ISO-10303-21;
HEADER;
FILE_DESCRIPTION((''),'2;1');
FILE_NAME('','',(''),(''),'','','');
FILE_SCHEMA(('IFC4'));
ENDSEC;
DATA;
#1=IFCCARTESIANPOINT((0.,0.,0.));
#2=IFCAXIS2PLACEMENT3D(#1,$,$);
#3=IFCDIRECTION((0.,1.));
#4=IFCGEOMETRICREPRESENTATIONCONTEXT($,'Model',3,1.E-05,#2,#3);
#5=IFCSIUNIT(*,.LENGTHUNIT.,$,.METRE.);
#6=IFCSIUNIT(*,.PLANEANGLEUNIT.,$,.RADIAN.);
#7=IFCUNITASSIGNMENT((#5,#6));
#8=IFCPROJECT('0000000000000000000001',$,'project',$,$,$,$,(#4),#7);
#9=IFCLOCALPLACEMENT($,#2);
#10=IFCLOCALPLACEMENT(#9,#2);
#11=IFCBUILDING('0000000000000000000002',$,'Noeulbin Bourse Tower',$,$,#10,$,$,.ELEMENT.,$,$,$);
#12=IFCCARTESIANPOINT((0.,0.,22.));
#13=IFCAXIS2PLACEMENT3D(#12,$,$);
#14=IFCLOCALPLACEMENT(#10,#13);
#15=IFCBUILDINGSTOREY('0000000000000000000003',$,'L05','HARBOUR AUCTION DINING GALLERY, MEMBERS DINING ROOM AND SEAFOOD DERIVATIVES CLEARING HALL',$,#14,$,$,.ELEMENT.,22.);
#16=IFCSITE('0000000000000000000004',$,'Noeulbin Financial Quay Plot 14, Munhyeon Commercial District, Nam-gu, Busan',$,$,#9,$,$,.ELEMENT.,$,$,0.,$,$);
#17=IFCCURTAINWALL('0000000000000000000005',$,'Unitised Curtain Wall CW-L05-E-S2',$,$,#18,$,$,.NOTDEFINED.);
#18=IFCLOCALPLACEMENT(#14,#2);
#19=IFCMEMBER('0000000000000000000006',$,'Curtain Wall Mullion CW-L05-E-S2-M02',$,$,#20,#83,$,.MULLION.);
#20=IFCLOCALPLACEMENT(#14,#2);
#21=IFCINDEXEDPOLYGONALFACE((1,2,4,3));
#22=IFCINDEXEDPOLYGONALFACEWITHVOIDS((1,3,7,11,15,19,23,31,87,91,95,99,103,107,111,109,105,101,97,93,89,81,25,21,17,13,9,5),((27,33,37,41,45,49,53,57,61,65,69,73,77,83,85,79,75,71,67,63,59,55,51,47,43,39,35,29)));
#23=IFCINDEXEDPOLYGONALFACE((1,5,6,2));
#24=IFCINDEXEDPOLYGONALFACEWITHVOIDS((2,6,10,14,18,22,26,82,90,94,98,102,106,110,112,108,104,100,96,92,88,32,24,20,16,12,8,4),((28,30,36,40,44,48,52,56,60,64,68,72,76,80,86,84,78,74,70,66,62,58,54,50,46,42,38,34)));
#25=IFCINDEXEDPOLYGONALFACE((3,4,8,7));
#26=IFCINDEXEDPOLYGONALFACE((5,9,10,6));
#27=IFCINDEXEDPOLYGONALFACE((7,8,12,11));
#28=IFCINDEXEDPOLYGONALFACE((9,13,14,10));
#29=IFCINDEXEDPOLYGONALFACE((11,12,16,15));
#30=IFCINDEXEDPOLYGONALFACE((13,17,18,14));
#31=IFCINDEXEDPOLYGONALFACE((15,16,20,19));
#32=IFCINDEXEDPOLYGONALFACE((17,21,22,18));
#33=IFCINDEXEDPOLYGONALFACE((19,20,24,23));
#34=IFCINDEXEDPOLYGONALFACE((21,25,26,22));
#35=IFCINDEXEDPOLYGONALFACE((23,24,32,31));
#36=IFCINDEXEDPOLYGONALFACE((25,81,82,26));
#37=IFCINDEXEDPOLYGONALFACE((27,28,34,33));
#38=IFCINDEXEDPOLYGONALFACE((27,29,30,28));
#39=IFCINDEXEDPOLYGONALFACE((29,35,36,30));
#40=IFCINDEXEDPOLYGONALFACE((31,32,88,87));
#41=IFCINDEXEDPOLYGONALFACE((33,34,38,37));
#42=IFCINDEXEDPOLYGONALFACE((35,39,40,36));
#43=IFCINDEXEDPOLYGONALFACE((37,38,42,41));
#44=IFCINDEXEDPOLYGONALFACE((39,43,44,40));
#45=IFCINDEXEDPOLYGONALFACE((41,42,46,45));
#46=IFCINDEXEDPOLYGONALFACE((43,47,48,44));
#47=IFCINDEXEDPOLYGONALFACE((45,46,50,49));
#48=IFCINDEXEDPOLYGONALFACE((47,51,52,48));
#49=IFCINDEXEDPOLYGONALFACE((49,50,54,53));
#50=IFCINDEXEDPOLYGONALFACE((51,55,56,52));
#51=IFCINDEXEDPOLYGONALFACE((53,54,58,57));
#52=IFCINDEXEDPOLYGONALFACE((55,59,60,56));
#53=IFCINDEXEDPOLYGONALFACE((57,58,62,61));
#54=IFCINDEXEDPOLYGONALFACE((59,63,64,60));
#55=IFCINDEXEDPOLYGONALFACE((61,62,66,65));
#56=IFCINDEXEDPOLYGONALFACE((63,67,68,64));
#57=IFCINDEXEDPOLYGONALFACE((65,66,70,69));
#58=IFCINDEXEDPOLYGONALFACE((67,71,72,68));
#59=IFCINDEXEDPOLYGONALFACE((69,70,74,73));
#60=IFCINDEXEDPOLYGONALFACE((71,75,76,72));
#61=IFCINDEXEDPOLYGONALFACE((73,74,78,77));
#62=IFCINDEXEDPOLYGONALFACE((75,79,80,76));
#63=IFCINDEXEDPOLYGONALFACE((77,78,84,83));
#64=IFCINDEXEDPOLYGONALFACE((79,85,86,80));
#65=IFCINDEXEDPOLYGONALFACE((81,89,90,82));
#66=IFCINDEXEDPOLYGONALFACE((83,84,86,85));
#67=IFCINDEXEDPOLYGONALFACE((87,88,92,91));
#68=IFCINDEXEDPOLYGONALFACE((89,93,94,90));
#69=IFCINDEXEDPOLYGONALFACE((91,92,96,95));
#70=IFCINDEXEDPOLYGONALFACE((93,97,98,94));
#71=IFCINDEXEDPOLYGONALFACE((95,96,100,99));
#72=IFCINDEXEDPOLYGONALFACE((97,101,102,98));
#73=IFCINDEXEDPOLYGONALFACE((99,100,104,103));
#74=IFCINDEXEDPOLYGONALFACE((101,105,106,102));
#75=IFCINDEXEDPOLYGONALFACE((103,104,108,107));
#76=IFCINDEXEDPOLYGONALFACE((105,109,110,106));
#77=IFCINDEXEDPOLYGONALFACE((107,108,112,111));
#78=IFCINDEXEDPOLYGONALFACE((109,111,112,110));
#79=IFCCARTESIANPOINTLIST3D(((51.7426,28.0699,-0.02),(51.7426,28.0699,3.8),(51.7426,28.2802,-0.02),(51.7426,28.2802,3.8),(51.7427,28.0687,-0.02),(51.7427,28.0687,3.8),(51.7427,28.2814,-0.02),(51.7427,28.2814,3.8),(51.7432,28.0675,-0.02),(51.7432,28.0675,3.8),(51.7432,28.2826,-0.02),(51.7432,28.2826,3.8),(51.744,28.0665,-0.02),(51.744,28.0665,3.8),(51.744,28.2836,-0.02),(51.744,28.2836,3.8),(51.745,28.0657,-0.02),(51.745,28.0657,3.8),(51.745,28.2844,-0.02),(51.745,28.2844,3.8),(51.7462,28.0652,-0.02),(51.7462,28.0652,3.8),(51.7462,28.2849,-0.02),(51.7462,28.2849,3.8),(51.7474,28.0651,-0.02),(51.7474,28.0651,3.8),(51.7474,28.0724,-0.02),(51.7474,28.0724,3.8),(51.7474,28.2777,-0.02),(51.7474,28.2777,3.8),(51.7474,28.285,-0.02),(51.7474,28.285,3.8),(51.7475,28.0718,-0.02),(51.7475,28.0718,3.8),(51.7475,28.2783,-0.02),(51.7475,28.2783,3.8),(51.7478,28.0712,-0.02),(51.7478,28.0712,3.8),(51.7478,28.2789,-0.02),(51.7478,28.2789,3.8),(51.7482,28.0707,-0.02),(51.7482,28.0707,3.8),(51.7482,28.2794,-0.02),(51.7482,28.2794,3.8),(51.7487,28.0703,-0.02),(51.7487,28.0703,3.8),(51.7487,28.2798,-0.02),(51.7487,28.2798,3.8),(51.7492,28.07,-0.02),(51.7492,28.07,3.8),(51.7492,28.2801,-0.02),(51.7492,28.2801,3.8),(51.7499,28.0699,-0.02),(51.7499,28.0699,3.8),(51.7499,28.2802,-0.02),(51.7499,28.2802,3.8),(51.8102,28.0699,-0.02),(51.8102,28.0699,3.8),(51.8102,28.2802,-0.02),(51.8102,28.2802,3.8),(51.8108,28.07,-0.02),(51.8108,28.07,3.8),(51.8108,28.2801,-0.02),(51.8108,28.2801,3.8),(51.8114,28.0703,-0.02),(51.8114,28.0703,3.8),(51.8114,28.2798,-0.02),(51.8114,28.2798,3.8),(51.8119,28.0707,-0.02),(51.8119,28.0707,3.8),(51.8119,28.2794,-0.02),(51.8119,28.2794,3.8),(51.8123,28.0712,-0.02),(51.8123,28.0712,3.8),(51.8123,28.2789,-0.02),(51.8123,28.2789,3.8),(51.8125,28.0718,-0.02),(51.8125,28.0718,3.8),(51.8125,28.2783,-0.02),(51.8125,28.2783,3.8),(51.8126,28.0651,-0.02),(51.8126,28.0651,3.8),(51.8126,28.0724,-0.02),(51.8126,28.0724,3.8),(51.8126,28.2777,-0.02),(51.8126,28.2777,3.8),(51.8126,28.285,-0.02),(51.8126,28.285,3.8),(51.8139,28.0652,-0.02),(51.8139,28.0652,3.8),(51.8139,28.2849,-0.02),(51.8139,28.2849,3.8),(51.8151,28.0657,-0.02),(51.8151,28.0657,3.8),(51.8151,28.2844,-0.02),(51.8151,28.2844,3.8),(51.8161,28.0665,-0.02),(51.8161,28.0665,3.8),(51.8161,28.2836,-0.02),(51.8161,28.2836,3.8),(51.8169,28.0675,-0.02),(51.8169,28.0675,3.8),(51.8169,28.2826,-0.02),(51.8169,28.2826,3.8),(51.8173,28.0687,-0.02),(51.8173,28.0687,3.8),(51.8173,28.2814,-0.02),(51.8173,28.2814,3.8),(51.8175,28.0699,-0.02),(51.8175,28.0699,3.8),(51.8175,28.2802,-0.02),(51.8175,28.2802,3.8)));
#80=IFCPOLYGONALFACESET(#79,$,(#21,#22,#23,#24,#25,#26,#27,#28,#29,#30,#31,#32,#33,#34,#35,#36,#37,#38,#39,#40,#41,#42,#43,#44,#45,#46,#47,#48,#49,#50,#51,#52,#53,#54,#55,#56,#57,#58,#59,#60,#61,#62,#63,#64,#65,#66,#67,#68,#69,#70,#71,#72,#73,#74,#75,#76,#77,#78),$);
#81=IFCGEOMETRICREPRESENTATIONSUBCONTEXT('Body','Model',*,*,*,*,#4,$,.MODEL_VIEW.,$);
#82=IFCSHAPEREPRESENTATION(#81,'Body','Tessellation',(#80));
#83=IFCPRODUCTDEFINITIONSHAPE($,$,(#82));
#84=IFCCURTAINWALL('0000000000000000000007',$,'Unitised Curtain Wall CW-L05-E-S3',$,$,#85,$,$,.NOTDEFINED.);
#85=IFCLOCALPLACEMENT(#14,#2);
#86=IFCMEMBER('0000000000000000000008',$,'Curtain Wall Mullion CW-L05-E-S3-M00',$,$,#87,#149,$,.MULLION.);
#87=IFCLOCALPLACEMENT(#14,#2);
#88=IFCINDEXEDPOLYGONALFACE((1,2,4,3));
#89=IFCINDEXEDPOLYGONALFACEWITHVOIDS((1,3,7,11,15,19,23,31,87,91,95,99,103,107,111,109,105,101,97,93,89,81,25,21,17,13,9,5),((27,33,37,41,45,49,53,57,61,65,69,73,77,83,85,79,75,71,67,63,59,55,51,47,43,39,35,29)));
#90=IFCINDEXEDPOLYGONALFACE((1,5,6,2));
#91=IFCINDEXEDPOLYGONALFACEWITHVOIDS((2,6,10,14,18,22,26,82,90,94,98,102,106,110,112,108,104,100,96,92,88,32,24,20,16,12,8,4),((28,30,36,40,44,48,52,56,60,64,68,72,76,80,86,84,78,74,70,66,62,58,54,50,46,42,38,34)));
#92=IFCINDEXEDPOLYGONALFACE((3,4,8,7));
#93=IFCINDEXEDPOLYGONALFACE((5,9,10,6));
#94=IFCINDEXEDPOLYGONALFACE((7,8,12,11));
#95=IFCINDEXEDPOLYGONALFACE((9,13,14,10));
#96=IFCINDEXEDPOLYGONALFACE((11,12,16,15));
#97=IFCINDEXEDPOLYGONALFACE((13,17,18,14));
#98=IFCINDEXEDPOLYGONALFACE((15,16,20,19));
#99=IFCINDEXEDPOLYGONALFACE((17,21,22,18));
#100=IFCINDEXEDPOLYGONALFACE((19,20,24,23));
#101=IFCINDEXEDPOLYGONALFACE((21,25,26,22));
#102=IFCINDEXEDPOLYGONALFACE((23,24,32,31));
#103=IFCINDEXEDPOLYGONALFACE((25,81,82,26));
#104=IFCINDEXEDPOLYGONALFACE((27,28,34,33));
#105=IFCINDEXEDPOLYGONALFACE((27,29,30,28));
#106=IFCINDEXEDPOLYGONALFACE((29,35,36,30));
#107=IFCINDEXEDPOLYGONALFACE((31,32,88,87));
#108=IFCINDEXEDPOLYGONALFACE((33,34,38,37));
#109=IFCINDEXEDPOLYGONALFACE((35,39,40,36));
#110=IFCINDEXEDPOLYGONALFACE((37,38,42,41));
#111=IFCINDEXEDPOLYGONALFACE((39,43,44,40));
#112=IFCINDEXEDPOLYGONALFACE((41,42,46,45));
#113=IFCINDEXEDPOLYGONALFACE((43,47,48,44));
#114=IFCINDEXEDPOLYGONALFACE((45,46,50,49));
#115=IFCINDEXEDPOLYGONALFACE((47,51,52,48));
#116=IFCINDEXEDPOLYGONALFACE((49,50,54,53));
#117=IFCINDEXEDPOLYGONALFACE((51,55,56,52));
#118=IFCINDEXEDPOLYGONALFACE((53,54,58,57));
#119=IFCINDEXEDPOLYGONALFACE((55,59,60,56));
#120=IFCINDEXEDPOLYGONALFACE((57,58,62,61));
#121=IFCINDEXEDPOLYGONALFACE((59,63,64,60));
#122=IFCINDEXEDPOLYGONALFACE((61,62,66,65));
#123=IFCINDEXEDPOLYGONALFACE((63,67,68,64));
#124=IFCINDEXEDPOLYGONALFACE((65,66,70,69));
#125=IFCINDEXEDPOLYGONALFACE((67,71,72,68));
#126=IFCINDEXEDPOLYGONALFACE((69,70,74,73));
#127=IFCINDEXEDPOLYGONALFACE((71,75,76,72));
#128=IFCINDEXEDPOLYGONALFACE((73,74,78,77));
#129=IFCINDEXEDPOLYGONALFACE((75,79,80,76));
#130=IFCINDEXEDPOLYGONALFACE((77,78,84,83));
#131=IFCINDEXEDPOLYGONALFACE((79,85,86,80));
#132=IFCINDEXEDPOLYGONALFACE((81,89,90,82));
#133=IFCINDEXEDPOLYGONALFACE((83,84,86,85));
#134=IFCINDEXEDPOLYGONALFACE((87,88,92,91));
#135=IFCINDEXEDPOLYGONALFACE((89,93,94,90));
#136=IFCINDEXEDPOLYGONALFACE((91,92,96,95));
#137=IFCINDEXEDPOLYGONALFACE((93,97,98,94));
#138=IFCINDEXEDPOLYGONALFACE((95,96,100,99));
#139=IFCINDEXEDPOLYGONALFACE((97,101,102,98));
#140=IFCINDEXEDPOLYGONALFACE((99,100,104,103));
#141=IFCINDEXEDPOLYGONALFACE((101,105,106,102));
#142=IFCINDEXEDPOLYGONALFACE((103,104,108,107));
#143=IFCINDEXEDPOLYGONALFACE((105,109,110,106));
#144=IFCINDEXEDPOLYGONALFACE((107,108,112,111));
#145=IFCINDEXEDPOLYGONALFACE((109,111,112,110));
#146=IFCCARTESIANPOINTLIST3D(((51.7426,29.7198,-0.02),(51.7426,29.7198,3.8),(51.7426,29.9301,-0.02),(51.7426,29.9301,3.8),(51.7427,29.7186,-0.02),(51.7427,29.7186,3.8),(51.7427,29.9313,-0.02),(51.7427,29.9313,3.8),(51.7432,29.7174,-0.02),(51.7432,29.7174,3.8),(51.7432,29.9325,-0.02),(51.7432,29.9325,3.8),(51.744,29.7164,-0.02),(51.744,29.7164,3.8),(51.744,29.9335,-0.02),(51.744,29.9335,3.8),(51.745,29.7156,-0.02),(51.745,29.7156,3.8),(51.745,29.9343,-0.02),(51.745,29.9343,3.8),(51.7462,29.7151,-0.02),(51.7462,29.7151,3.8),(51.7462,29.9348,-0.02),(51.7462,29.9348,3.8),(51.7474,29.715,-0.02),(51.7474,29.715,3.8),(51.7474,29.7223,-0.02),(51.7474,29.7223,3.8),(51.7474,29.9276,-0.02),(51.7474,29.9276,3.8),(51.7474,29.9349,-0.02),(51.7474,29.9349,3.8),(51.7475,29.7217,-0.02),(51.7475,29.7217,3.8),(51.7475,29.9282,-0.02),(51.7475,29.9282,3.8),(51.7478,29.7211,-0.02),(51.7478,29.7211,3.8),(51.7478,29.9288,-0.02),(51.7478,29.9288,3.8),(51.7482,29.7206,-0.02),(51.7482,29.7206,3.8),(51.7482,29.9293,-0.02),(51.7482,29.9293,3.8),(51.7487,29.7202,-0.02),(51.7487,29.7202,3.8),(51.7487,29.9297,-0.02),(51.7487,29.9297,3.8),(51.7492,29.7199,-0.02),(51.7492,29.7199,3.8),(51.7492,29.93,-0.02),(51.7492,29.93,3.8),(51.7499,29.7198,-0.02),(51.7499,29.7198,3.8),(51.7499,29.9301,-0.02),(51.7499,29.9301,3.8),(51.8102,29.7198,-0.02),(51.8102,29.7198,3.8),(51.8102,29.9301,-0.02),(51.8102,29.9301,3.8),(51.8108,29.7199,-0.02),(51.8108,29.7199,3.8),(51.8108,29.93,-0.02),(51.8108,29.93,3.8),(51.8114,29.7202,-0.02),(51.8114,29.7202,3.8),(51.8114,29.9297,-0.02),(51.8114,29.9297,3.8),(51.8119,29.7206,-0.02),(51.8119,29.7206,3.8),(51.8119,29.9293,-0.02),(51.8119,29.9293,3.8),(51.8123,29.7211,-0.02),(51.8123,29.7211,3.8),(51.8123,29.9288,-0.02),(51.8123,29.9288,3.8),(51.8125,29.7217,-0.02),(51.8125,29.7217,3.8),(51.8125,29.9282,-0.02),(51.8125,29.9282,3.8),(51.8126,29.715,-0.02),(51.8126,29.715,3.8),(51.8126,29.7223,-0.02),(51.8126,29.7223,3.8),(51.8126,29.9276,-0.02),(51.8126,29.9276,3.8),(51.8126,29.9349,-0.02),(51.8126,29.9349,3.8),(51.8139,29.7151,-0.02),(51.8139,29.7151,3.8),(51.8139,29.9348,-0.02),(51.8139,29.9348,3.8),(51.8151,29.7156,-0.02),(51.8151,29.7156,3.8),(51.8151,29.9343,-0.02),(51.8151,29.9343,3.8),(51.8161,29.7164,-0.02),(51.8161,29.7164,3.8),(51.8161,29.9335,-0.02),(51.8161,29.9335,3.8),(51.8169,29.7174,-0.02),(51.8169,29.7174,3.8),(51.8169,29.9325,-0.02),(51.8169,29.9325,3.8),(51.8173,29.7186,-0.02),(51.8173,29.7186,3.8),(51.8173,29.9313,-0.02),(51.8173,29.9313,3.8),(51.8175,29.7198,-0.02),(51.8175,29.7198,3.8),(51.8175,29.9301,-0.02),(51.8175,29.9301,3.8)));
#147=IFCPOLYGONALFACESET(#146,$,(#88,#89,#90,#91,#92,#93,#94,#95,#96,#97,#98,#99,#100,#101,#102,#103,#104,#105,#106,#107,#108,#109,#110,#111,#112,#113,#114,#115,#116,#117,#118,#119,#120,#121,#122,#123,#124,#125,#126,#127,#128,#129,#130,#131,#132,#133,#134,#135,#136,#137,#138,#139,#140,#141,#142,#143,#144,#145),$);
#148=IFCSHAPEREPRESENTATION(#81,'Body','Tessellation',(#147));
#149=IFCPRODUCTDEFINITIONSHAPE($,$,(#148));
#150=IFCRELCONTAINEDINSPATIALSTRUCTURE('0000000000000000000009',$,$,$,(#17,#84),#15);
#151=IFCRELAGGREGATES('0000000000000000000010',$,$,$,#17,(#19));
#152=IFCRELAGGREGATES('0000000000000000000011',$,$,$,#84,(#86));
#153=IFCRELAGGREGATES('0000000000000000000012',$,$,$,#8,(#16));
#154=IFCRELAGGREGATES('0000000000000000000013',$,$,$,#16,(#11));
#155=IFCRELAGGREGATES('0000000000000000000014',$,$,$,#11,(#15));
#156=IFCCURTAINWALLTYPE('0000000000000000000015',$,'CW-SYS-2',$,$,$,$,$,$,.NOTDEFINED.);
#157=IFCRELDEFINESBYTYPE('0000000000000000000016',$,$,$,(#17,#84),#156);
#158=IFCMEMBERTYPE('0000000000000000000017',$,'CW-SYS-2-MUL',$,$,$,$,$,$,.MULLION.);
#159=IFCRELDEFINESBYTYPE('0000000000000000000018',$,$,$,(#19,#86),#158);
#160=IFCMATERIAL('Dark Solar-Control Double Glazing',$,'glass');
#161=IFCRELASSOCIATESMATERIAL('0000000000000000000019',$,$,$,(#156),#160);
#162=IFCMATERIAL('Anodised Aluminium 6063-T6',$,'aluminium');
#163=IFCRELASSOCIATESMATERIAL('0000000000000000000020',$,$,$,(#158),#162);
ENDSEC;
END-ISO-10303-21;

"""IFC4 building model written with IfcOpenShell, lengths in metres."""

from ifc_helpers import new_model, si_unit, direction, frame, origin, origin_2d, place, context, subcontext, project, spatial, hollow_rectangle, extrude, material, material_profile, profile_set, type_object, element, aggregate, save


model = new_model("IFC4")

# Units and contexts
model_context = context("Model", 3, precision=1e-05, world=origin(), true_north=direction((0.0, 1.0)))
body_context = subcontext(model_context, "Body", "Model", "MODEL_VIEW")
ifc_project = project(units=[si_unit("LENGTHUNIT", "METRE"), si_unit("PLANEANGLEUNIT", "RADIAN")], contexts=[model_context])

# Site, building, storey
site_placement = place(None, origin())
site = spatial("IfcSite", under=ifc_project, at=site_placement, Name="Noeulbin Financial Quay Plot 14, Munhyeon Commercial District, Nam-gu, Busan", CompositionType="ELEMENT", RefElevation=0.0)
building_placement = place(site_placement, origin())
building = spatial("IfcBuilding", under=site, at=building_placement, Name="Noeulbin Bourse Tower", CompositionType="ELEMENT")
storey_placement = place(building_placement, frame((0.0, 0.0, 22.0)))
storey = spatial("IfcBuildingStorey", under=building, at=storey_placement, Name="L05", Description="HARBOUR AUCTION DINING GALLERY, MEMBERS DINING ROOM AND SEAFOOD DERIVATIVES CLEARING HALL", CompositionType="ELEMENT", Elevation=22.0)

# Shared definitions
ifc_material_1 = material(Name="Anodised Aluminium 6063-T6", Category="aluminium")

# Curtain wall, member
ifc_material_2 = material(Name="Dark Solar-Control Double Glazing", Category="glass")
curtain_wall_type_1 = type_object("IfcCurtainWallType", Name="CW-SYS-2", PredefinedType="NOTDEFINED", material=ifc_material_2)
ifc_material_profile_1 = material_profile(ifc_material_1, hollow_rectangle(XDim=0.075, YDim=0.22, WallThickness=0.0049, InnerFilletRadius=0.0024, OuterFilletRadius=0.0049, at=origin_2d()), Name="ALU-MULL-75x220x5", Category="LoadBearing")
ifc_profile_set_1 = profile_set([ifc_material_profile_1], Name="Anodised Aluminium 6063-T6")
member_type_1 = type_object("IfcMemberType", Name="CW-SYS-2-MUL", PredefinedType="MULLION", material=ifc_profile_set_1)
curtain_wall_1_placement = place(storey_placement, origin())
curtain_wall_1 = element("IfcCurtainWall", 1, at=curtain_wall_1_placement, inside=storey, type_object=curtain_wall_type_1, Name="Unitised Curtain Wall CW-L05-E-S2", PredefinedType="NOTDEFINED")
member_1_placement = place(storey_placement, frame((51.78, 28.175, -0.02), z_axis=(0.0, 0.0, 1.0), x_axis=(1.0, 0.0, 0.0)))
member_1 = element("IfcMember", 2, at=member_1_placement, type_object=member_type_1, Name="Curtain Wall Mullion CW-L05-E-S2-M02", PredefinedType="MULLION", context=body_context, shape_type="SweptSolid", body=[
    extrude(hollow_rectangle(XDim=0.075, YDim=0.22, WallThickness=0.0049, InnerFilletRadius=0.0024, OuterFilletRadius=0.0049, at=origin_2d()), origin(), (0.0, 0.0, 1.0), 3.8201),
])
aggregate(curtain_wall_1, [member_1])

# Curtain wall, member
curtain_wall_2_placement = place(storey_placement, origin())
curtain_wall_2 = element("IfcCurtainWall", 3, at=curtain_wall_2_placement, inside=storey, type_object=curtain_wall_type_1, Name="Unitised Curtain Wall CW-L05-E-S3", PredefinedType="NOTDEFINED")
member_2_placement = place(storey_placement, frame((51.78, 29.825, -0.02), z_axis=(0.0, 0.0, 1.0), x_axis=(1.0, 0.0, 0.0)))
member_2 = element("IfcMember", 4, at=member_2_placement, type_object=member_type_1, Name="Curtain Wall Mullion CW-L05-E-S3-M00", PredefinedType="MULLION", context=body_context, shape_type="SweptSolid", body=[
    extrude(hollow_rectangle(XDim=0.075, YDim=0.22, WallThickness=0.0049, InnerFilletRadius=0.0024, OuterFilletRadius=0.0049, at=origin_2d()), origin(), (0.0, 0.0, 1.0), 3.8201),
])

aggregate(curtain_wall_2, [member_2])

save(model, "model.ifc")
